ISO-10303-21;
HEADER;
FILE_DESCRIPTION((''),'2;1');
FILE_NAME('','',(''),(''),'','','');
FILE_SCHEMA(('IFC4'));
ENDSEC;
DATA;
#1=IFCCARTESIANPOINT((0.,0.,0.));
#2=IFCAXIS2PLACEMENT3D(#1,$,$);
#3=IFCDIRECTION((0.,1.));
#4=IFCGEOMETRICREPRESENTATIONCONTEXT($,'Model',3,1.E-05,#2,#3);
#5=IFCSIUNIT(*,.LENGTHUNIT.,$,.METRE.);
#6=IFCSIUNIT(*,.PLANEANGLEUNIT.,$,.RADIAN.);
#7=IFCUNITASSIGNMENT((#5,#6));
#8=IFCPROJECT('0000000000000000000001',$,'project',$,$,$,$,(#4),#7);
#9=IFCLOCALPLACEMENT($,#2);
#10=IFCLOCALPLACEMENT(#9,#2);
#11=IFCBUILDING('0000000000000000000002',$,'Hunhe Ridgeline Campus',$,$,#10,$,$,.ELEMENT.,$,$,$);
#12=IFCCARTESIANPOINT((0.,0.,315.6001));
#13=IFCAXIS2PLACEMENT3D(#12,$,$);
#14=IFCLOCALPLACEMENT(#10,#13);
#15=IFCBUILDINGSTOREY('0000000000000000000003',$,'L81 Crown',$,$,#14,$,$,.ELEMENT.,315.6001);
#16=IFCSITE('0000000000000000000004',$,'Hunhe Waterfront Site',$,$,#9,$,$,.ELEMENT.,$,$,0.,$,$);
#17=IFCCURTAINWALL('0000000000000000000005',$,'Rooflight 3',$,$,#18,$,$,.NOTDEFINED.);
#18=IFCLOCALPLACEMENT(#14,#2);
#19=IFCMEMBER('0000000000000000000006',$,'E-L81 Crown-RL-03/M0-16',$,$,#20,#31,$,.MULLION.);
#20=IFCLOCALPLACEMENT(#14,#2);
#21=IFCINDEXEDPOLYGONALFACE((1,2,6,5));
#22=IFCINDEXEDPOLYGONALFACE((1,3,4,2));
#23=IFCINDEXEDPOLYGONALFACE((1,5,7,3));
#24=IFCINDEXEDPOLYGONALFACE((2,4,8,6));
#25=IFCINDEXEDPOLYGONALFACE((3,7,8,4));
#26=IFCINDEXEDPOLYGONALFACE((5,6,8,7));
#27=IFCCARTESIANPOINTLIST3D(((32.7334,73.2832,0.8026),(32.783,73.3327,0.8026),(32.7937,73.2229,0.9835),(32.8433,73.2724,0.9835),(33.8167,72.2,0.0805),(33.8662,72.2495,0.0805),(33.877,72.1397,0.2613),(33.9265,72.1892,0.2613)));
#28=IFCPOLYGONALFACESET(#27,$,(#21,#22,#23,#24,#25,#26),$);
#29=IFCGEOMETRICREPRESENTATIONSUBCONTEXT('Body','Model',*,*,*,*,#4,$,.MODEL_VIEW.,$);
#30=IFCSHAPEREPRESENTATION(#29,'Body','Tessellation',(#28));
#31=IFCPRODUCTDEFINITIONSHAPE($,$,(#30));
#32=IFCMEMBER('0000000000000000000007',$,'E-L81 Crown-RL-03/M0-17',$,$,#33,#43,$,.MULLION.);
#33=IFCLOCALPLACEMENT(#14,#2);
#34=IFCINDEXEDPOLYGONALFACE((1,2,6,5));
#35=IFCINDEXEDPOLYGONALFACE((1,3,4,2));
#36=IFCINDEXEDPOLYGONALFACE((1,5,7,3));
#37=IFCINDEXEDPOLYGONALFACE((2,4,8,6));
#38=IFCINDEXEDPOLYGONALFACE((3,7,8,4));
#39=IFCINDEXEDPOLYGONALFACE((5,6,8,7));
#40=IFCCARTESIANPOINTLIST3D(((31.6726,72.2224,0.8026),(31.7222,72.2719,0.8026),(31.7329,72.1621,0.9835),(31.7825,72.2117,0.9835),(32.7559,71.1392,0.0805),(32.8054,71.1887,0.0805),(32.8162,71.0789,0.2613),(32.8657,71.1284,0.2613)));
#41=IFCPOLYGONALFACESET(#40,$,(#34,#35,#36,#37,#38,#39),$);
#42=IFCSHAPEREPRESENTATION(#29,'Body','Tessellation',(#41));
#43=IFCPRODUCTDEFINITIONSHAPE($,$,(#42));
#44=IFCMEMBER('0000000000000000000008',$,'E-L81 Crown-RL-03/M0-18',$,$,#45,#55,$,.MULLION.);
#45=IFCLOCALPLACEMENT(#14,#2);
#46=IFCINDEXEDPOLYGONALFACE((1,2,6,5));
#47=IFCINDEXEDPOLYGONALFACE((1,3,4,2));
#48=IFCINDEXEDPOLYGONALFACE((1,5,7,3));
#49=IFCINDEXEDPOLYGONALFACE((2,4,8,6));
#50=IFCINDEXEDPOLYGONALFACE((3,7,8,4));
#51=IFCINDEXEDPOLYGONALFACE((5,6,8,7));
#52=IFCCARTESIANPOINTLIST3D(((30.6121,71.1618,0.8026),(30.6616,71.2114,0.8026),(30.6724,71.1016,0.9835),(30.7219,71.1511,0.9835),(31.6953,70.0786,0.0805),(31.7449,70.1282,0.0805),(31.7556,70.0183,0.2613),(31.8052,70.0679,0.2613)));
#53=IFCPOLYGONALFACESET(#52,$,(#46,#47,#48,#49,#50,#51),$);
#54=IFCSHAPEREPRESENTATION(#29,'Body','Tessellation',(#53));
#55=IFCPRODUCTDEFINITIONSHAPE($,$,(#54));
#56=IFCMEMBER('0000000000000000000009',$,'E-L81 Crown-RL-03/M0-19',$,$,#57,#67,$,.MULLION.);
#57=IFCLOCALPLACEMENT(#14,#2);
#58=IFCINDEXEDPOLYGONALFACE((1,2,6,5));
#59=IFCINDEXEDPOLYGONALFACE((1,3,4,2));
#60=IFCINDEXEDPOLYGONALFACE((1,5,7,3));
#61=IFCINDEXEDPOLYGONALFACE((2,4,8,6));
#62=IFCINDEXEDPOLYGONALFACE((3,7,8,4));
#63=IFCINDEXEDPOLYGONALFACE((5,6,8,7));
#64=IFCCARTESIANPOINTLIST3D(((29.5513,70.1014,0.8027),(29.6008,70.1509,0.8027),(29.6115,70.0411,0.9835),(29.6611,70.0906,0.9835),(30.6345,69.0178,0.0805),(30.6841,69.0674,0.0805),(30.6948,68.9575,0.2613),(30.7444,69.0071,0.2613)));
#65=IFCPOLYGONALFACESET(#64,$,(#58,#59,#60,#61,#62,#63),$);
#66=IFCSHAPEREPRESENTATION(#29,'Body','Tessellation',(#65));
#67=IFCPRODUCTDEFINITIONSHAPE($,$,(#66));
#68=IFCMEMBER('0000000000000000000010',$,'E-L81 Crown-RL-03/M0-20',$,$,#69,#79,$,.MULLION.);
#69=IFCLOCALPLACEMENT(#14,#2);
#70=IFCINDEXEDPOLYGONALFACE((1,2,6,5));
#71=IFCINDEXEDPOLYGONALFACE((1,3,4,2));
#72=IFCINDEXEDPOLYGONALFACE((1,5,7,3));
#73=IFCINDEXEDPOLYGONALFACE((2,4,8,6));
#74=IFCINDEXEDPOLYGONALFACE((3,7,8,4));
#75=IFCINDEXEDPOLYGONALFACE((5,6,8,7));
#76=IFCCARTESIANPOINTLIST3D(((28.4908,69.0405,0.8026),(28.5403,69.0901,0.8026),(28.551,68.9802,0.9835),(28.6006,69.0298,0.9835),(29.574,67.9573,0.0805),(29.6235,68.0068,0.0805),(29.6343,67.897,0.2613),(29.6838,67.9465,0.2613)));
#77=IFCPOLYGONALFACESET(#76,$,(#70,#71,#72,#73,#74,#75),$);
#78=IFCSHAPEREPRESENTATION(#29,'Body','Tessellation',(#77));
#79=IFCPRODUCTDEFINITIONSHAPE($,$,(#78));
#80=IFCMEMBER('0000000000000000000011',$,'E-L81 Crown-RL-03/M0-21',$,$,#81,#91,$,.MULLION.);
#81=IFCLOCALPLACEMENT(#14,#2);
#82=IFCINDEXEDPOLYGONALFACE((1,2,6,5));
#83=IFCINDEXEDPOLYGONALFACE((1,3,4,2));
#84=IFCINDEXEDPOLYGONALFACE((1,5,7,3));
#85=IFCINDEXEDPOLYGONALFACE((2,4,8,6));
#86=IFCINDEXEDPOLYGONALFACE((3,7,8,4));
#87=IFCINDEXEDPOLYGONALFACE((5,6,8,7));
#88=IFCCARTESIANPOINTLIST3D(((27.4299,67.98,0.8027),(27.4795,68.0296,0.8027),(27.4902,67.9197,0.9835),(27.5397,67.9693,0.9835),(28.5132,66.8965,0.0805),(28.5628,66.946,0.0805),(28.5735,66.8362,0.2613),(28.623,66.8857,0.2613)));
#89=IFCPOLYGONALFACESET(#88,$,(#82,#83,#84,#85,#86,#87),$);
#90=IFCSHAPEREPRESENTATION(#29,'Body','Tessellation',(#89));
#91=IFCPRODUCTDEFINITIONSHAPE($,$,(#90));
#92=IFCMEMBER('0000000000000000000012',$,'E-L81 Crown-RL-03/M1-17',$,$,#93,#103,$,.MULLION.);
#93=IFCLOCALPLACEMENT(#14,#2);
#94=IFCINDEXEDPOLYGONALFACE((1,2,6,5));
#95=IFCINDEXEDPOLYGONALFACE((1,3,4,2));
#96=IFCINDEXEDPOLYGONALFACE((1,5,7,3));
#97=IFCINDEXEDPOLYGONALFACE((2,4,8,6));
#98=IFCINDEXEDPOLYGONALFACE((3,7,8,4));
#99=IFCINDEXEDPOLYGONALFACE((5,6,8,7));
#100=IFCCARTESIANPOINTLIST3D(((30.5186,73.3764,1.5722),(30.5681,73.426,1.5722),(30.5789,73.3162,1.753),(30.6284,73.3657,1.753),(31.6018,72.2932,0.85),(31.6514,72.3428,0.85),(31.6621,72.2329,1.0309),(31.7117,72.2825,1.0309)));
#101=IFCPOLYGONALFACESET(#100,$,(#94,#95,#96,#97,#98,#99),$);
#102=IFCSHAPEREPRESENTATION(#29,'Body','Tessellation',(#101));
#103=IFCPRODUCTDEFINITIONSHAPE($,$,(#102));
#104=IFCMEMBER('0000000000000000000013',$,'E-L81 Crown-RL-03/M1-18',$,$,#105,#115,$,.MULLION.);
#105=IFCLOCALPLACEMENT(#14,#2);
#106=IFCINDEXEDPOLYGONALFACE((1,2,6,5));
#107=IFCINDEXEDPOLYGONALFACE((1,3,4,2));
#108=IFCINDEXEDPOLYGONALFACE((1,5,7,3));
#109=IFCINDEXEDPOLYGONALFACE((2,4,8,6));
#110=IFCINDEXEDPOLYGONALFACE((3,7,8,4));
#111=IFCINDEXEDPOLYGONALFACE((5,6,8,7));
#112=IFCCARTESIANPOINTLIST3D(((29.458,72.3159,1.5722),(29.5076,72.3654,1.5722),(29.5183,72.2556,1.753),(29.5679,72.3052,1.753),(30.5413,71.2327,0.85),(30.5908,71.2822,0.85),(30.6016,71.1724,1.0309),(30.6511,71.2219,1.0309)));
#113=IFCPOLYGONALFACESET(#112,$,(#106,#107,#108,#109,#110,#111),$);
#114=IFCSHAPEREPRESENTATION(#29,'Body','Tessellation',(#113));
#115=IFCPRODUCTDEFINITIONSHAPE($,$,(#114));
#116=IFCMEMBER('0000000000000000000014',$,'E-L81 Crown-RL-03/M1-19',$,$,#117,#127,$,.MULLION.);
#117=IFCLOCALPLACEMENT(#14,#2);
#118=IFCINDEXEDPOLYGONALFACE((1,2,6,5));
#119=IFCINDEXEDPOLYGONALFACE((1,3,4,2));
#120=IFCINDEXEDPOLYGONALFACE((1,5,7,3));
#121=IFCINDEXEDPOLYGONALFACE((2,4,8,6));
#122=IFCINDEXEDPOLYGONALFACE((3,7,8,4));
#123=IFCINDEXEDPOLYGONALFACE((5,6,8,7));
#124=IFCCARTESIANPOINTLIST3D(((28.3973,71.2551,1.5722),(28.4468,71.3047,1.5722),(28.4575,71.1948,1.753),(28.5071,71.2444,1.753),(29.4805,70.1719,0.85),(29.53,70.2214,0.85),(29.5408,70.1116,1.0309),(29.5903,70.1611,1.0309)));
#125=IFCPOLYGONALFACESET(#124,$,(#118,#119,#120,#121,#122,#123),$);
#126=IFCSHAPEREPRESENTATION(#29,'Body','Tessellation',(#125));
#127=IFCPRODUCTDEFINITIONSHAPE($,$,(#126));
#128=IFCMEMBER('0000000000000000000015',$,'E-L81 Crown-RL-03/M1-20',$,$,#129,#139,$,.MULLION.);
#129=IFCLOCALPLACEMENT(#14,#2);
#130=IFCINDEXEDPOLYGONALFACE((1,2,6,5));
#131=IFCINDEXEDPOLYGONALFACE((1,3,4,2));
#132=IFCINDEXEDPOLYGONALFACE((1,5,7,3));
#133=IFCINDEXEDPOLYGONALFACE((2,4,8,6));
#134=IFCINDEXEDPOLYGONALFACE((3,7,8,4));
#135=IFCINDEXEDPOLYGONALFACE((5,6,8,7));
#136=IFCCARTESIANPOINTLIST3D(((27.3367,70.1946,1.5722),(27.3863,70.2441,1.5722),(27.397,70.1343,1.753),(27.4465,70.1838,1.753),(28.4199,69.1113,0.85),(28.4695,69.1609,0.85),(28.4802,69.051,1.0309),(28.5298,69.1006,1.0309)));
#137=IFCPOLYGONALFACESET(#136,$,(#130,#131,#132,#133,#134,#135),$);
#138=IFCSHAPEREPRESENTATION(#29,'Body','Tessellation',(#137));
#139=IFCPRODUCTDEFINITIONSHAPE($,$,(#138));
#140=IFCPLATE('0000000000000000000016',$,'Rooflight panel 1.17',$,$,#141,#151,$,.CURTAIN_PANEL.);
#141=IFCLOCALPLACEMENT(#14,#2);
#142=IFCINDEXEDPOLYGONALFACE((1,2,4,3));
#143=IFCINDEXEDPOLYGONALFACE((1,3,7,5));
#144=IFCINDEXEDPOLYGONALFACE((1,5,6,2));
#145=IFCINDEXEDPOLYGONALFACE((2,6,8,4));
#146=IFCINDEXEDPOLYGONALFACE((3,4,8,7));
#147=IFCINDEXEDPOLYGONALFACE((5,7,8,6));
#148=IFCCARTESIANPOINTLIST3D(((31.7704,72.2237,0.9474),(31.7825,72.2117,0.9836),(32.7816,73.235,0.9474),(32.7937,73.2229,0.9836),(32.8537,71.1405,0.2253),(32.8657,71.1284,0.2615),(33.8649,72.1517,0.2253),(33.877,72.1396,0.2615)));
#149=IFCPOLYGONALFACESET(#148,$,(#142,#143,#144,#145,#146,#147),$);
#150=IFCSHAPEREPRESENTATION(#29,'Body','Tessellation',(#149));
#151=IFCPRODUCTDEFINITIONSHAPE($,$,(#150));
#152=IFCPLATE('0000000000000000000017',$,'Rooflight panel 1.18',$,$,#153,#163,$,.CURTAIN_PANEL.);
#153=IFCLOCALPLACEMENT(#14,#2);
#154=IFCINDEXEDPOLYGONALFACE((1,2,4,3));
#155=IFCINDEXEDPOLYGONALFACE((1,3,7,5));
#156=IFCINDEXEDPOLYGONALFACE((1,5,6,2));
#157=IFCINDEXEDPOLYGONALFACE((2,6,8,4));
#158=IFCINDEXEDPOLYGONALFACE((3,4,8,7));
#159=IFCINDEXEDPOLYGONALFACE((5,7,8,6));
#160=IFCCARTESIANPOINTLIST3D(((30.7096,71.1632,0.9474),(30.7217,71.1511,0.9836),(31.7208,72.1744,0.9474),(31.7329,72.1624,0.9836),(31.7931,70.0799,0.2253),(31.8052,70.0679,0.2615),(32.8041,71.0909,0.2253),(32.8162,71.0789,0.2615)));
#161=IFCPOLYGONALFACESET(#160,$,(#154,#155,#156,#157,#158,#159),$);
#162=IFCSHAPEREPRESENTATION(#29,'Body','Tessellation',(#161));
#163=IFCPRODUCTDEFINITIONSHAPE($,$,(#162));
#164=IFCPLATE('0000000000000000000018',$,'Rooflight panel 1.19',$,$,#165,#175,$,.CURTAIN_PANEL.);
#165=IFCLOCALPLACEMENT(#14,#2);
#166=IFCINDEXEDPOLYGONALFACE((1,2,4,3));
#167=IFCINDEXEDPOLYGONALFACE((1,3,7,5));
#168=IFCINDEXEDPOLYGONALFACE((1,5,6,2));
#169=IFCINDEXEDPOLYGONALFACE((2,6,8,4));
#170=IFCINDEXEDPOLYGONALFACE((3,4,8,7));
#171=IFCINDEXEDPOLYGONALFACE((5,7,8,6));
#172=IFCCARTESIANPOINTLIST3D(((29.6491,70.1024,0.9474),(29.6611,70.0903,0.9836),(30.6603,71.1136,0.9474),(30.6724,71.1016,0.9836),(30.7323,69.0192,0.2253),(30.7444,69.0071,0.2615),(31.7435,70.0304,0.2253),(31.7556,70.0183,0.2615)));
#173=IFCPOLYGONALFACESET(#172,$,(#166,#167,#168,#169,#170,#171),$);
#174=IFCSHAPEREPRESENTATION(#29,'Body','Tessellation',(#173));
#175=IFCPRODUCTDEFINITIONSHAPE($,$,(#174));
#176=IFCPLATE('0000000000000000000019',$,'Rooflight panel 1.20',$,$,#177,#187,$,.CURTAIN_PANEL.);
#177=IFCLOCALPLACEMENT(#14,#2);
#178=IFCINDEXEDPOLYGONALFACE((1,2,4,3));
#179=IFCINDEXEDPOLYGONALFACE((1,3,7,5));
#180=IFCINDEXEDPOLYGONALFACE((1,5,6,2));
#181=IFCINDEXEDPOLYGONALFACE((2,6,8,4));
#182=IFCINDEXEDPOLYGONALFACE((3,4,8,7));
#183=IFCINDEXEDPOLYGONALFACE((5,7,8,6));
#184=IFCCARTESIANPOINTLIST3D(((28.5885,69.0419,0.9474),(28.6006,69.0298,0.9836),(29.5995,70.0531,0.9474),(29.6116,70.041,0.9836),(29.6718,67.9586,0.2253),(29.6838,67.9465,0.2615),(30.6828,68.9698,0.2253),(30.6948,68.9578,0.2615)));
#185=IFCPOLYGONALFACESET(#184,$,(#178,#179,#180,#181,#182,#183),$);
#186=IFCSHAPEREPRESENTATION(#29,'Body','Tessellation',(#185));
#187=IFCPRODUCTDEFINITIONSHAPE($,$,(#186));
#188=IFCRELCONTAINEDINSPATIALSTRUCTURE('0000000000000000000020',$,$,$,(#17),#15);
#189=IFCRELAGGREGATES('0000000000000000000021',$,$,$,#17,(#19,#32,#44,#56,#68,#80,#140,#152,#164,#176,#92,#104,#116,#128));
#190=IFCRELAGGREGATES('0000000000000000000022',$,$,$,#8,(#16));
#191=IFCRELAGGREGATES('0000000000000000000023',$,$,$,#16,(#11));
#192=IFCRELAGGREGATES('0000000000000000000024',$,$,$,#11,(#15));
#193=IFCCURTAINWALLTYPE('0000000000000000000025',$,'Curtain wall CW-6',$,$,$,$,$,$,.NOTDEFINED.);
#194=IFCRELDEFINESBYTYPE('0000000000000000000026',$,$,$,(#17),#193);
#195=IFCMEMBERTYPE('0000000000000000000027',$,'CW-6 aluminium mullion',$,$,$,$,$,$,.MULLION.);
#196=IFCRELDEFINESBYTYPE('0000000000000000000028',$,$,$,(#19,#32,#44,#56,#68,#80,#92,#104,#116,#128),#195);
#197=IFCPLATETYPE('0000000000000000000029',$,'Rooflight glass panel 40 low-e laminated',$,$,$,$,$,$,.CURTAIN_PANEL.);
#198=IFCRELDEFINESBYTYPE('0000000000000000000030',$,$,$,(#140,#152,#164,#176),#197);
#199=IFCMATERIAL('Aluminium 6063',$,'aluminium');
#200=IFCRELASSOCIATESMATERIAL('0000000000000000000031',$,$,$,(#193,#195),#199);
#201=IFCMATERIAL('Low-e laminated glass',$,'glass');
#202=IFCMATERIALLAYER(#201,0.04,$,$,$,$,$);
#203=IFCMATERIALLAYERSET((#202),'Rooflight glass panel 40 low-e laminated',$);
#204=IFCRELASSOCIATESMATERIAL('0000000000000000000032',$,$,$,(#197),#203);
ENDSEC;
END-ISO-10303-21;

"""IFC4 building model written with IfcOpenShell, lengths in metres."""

from ifc_helpers import new_model, si_unit, direction, frame, origin, origin_2d, place, context, subcontext, project, spatial, polyline, rectangle, outline, extrude, material, layer, layer_set, material_profile, profile_set, type_object, element, aggregate, save


model = new_model("IFC4")

# Units and contexts
model_context = context("Model", 3, precision=1e-05, world=origin(), true_north=direction((0.0, 1.0)))
body_context = subcontext(model_context, "Body", "Model", "MODEL_VIEW")
ifc_project = project(units=[si_unit("LENGTHUNIT", "METRE"), si_unit("PLANEANGLEUNIT", "RADIAN")], contexts=[model_context])

# Site, building, storey
site_placement = place(None, origin())
site = spatial("IfcSite", under=ifc_project, at=site_placement, Name="Hunhe Waterfront Site", CompositionType="ELEMENT", RefElevation=0.0)
building_placement = place(site_placement, origin())
building = spatial("IfcBuilding", under=site, at=building_placement, Name="Hunhe Ridgeline Campus", CompositionType="ELEMENT")
storey_placement = place(building_placement, frame((0.0, 0.0, 315.6001)))
storey = spatial("IfcBuildingStorey", under=building, at=storey_placement, Name="L81 Crown", CompositionType="ELEMENT", Elevation=315.6001)

# Curtain wall, members, plates
ifc_material_1 = material(Name="Aluminium 6063", Category="aluminium")
curtain_wall_type = type_object("IfcCurtainWallType", Name="Curtain wall CW-6", PredefinedType="NOTDEFINED", material=ifc_material_1)
curtain_wall_placement = place(storey_placement, origin())
curtain_wall = element("IfcCurtainWall", 1, at=curtain_wall_placement, inside=storey, type_object=curtain_wall_type, Name="Rooflight 3", PredefinedType="NOTDEFINED")
ifc_material_profile = material_profile(ifc_material_1, rectangle(XDim=0.0701, YDim=0.2, at=origin_2d()))
ifc_profile_set = profile_set([ifc_material_profile], Name="Aluminium 6063")
member_type = type_object("IfcMemberType", Name="CW-6 aluminium mullion", PredefinedType="MULLION", material=ifc_profile_set)
member_1_placement = place(storey_placement, frame((33.8716, 72.1946, 0.1709), z_axis=(-0.639602, 0.639602, 0.426401), x_axis=(-0.707107, -0.707107, 0.0)))
member_1 = element("IfcMember", 2, at=member_1_placement, type_object=member_type, Name="E-L81 Crown-RL-03/M0-16", PredefinedType="MULLION", context=body_context, shape_type="SweptSolid", body=[
    extrude(rectangle(XDim=0.0701, YDim=0.2, at=origin_2d()), origin(), (0.0, 0.0, 1.0), 1.6936),
])
member_2_placement = place(storey_placement, frame((32.8108, 71.1338, 0.1709), z_axis=(-0.639602, 0.639602, 0.426401), x_axis=(-0.707107, -0.707107, 0.0)))
member_2 = element("IfcMember", 3, at=member_2_placement, type_object=member_type, Name="E-L81 Crown-RL-03/M0-17", PredefinedType="MULLION", context=body_context, shape_type="SweptSolid", body=[
    extrude(rectangle(XDim=0.0701, YDim=0.2, at=origin_2d()), origin(), (0.0, 0.0, 1.0), 1.6936),
])
member_3_placement = place(storey_placement, frame((31.7502, 70.0732, 0.1709), z_axis=(-0.639602, 0.639602, 0.426401), x_axis=(-0.707107, -0.707107, 0.0)))
member_3 = element("IfcMember", 4, at=member_3_placement, type_object=member_type, Name="E-L81 Crown-RL-03/M0-18", PredefinedType="MULLION", context=body_context, shape_type="SweptSolid", body=[
    extrude(rectangle(XDim=0.0701, YDim=0.2, at=origin_2d()), origin(), (0.0, 0.0, 1.0), 1.6936),
])
member_4_placement = place(storey_placement, frame((30.6895, 69.0125, 0.1709), z_axis=(-0.639543, 0.639687, 0.426362), x_axis=(-0.707186, -0.707027, 0.0)))
member_4 = element("IfcMember", 5, at=member_4_placement, type_object=member_type, Name="E-L81 Crown-RL-03/M0-19", PredefinedType="MULLION", context=body_context, shape_type="SweptSolid", body=[
    extrude(rectangle(XDim=0.0701, YDim=0.2, at=origin_2d()), origin(), (0.0, 0.0, 1.0), 1.6938),
])
member_5_placement = place(storey_placement, frame((29.6289, 67.9519, 0.1709), z_axis=(-0.639602, 0.639602, 0.426401), x_axis=(-0.707107, -0.707107, 0.0)))
member_5 = element("IfcMember", 6, at=member_5_placement, type_object=member_type, Name="E-L81 Crown-RL-03/M0-20", PredefinedType="MULLION", context=body_context, shape_type="SweptSolid", body=[
    extrude(rectangle(XDim=0.0701, YDim=0.2, at=origin_2d()), origin(), (0.0, 0.0, 1.0), 1.6936),
])
member_6_placement = place(storey_placement, frame((28.5681, 66.8911, 0.1709), z_axis=(-0.639543, 0.639687, 0.426362), x_axis=(-0.707186, -0.707027, 0.0)))
member_6 = element("IfcMember", 7, at=member_6_placement, type_object=member_type, Name="E-L81 Crown-RL-03/M0-21", PredefinedType="MULLION", context=body_context, shape_type="SweptSolid", body=[
    extrude(rectangle(XDim=0.0701, YDim=0.2, at=origin_2d()), origin(), (0.0, 0.0, 1.0), 1.6938),
])
member_7_placement = place(storey_placement, frame((31.6567, 72.2878, 0.9404), z_axis=(-0.639602, 0.639602, 0.426401), x_axis=(-0.707107, -0.707107, 0.0)))
member_7 = element("IfcMember", 8, at=member_7_placement, type_object=member_type, Name="E-L81 Crown-RL-03/M1-17", PredefinedType="MULLION", context=body_context, shape_type="SweptSolid", body=[
    extrude(rectangle(XDim=0.0701, YDim=0.2, at=origin_2d()), origin(), (0.0, 0.0, 1.0), 1.6936),
])
member_8_placement = place(storey_placement, frame((30.5962, 71.2273, 0.9404), z_axis=(-0.639602, 0.639602, 0.426401), x_axis=(-0.707107, -0.707107, 0.0)))
member_8 = element("IfcMember", 9, at=member_8_placement, type_object=member_type, Name="E-L81 Crown-RL-03/M1-18", PredefinedType="MULLION", context=body_context, shape_type="SweptSolid", body=[
    extrude(rectangle(XDim=0.0701, YDim=0.2, at=origin_2d()), origin(), (0.0, 0.0, 1.0), 1.6936),
])
member_9_placement = place(storey_placement, frame((29.5354, 70.1665, 0.9404), z_axis=(-0.639602, 0.639602, 0.426401), x_axis=(-0.707107, -0.707107, 0.0)))
member_9 = element("IfcMember", 10, at=member_9_placement, type_object=member_type, Name="E-L81 Crown-RL-03/M1-19", PredefinedType="MULLION", context=body_context, shape_type="SweptSolid", body=[
    extrude(rectangle(XDim=0.0701, YDim=0.2, at=origin_2d()), origin(), (0.0, 0.0, 1.0), 1.6936),
])
member_10_placement = place(storey_placement, frame((28.4749, 69.106, 0.9404), z_axis=(-0.639602, 0.639602, 0.426401), x_axis=(-0.707107, -0.707107, 0.0)))
member_10 = element("IfcMember", 11, at=member_10_placement, type_object=member_type, Name="E-L81 Crown-RL-03/M1-20", PredefinedType="MULLION", context=body_context, shape_type="SweptSolid", body=[
    extrude(rectangle(XDim=0.0701, YDim=0.2, at=origin_2d()), origin(), (0.0, 0.0, 1.0), 1.6936),
])
ifc_material_2 = material(Name="Low-e laminated glass", Category="glass")
ifc_layer = layer(ifc_material_2, 0.04)
ifc_layer_set = layer_set([ifc_layer], Name="Rooflight glass panel 40 low-e laminated")
plate_type = type_object("IfcPlateType", Name="Rooflight glass panel 40 low-e laminated", PredefinedType="CURTAIN_PANEL", material=ifc_layer_set)
plate_1_placement = place(storey_placement, frame((33.877, 72.1396, 0.2615), z_axis=(0.301511, -0.301511, 0.904534), x_axis=(-0.639602, 0.639602, 0.426401)))
plate_1 = element("IfcPlate", 12, at=plate_1_placement, type_object=plate_type, Name="Rooflight panel 1.17", PredefinedType="CURTAIN_PANEL", context=body_context, shape_type="SweptSolid", body=[
    extrude(outline(polyline([(0.0, 0.0), (1.6936, 0.0), (1.6936, 1.4301), (0.0, 1.4301), (0.0, 0.0)])), origin(), (0.0, 0.0, -1.0), 0.04),
])
plate_2_placement = place(storey_placement, frame((32.8162, 71.0789, 0.2615), z_axis=(0.301484, -0.301484, 0.904553), x_axis=(-0.639543, 0.639687, 0.426362)))
plate_2 = element("IfcPlate", 13, at=plate_2_placement, type_object=plate_type, Name="Rooflight panel 1.18", PredefinedType="CURTAIN_PANEL", context=body_context, shape_type="SweptSolid", body=[
    extrude(outline(polyline([(0.0, 0.0), (1.6938, 0.0), (1.6936, 1.4301), (-0.0001, 1.4298), (0.0, 0.0)])), origin(), (0.0, 0.0, -1.0), 0.04),
])
plate_3_placement = place(storey_placement, frame((31.7556, 70.0183, 0.2615), z_axis=(0.301511, -0.301511, 0.904534), x_axis=(-0.639602, 0.639602, 0.426401)))
plate_3 = element("IfcPlate", 14, at=plate_3_placement, type_object=plate_type, Name="Rooflight panel 1.19", PredefinedType="CURTAIN_PANEL", context=body_context, shape_type="SweptSolid", body=[
    extrude(outline(polyline([(0.0, 0.0), (1.6936, 0.0), (1.6936, 1.4301), (0.0, 1.4301), (0.0, 0.0)])), origin(), (0.0, 0.0, -1.0), 0.04),
])
plate_4_placement = place(storey_placement, frame((30.6948, 68.9578, 0.2615), z_axis=(0.301548, -0.301475, 0.904534), x_axis=(-0.639602, 0.639602, 0.426401)))
plate_4 = element("IfcPlate", 15, at=plate_4_placement, type_object=plate_type, Name="Rooflight panel 1.20", PredefinedType="CURTAIN_PANEL", context=body_context, shape_type="SweptSolid", body=[
    extrude(outline(polyline([(0.0, 0.0), (1.6936, 0.0), (1.6935, 1.4299), (-0.0002, 1.4299), (0.0, 0.0)])), origin(), (0.0, 0.0, -1.0), 0.04),
])
aggregate(curtain_wall, [member_1, member_2, member_3, member_4, member_5, member_6, plate_1, plate_2, plate_3, plate_4, member_7, member_8, member_9, member_10])

save(model, "model.ifc")
